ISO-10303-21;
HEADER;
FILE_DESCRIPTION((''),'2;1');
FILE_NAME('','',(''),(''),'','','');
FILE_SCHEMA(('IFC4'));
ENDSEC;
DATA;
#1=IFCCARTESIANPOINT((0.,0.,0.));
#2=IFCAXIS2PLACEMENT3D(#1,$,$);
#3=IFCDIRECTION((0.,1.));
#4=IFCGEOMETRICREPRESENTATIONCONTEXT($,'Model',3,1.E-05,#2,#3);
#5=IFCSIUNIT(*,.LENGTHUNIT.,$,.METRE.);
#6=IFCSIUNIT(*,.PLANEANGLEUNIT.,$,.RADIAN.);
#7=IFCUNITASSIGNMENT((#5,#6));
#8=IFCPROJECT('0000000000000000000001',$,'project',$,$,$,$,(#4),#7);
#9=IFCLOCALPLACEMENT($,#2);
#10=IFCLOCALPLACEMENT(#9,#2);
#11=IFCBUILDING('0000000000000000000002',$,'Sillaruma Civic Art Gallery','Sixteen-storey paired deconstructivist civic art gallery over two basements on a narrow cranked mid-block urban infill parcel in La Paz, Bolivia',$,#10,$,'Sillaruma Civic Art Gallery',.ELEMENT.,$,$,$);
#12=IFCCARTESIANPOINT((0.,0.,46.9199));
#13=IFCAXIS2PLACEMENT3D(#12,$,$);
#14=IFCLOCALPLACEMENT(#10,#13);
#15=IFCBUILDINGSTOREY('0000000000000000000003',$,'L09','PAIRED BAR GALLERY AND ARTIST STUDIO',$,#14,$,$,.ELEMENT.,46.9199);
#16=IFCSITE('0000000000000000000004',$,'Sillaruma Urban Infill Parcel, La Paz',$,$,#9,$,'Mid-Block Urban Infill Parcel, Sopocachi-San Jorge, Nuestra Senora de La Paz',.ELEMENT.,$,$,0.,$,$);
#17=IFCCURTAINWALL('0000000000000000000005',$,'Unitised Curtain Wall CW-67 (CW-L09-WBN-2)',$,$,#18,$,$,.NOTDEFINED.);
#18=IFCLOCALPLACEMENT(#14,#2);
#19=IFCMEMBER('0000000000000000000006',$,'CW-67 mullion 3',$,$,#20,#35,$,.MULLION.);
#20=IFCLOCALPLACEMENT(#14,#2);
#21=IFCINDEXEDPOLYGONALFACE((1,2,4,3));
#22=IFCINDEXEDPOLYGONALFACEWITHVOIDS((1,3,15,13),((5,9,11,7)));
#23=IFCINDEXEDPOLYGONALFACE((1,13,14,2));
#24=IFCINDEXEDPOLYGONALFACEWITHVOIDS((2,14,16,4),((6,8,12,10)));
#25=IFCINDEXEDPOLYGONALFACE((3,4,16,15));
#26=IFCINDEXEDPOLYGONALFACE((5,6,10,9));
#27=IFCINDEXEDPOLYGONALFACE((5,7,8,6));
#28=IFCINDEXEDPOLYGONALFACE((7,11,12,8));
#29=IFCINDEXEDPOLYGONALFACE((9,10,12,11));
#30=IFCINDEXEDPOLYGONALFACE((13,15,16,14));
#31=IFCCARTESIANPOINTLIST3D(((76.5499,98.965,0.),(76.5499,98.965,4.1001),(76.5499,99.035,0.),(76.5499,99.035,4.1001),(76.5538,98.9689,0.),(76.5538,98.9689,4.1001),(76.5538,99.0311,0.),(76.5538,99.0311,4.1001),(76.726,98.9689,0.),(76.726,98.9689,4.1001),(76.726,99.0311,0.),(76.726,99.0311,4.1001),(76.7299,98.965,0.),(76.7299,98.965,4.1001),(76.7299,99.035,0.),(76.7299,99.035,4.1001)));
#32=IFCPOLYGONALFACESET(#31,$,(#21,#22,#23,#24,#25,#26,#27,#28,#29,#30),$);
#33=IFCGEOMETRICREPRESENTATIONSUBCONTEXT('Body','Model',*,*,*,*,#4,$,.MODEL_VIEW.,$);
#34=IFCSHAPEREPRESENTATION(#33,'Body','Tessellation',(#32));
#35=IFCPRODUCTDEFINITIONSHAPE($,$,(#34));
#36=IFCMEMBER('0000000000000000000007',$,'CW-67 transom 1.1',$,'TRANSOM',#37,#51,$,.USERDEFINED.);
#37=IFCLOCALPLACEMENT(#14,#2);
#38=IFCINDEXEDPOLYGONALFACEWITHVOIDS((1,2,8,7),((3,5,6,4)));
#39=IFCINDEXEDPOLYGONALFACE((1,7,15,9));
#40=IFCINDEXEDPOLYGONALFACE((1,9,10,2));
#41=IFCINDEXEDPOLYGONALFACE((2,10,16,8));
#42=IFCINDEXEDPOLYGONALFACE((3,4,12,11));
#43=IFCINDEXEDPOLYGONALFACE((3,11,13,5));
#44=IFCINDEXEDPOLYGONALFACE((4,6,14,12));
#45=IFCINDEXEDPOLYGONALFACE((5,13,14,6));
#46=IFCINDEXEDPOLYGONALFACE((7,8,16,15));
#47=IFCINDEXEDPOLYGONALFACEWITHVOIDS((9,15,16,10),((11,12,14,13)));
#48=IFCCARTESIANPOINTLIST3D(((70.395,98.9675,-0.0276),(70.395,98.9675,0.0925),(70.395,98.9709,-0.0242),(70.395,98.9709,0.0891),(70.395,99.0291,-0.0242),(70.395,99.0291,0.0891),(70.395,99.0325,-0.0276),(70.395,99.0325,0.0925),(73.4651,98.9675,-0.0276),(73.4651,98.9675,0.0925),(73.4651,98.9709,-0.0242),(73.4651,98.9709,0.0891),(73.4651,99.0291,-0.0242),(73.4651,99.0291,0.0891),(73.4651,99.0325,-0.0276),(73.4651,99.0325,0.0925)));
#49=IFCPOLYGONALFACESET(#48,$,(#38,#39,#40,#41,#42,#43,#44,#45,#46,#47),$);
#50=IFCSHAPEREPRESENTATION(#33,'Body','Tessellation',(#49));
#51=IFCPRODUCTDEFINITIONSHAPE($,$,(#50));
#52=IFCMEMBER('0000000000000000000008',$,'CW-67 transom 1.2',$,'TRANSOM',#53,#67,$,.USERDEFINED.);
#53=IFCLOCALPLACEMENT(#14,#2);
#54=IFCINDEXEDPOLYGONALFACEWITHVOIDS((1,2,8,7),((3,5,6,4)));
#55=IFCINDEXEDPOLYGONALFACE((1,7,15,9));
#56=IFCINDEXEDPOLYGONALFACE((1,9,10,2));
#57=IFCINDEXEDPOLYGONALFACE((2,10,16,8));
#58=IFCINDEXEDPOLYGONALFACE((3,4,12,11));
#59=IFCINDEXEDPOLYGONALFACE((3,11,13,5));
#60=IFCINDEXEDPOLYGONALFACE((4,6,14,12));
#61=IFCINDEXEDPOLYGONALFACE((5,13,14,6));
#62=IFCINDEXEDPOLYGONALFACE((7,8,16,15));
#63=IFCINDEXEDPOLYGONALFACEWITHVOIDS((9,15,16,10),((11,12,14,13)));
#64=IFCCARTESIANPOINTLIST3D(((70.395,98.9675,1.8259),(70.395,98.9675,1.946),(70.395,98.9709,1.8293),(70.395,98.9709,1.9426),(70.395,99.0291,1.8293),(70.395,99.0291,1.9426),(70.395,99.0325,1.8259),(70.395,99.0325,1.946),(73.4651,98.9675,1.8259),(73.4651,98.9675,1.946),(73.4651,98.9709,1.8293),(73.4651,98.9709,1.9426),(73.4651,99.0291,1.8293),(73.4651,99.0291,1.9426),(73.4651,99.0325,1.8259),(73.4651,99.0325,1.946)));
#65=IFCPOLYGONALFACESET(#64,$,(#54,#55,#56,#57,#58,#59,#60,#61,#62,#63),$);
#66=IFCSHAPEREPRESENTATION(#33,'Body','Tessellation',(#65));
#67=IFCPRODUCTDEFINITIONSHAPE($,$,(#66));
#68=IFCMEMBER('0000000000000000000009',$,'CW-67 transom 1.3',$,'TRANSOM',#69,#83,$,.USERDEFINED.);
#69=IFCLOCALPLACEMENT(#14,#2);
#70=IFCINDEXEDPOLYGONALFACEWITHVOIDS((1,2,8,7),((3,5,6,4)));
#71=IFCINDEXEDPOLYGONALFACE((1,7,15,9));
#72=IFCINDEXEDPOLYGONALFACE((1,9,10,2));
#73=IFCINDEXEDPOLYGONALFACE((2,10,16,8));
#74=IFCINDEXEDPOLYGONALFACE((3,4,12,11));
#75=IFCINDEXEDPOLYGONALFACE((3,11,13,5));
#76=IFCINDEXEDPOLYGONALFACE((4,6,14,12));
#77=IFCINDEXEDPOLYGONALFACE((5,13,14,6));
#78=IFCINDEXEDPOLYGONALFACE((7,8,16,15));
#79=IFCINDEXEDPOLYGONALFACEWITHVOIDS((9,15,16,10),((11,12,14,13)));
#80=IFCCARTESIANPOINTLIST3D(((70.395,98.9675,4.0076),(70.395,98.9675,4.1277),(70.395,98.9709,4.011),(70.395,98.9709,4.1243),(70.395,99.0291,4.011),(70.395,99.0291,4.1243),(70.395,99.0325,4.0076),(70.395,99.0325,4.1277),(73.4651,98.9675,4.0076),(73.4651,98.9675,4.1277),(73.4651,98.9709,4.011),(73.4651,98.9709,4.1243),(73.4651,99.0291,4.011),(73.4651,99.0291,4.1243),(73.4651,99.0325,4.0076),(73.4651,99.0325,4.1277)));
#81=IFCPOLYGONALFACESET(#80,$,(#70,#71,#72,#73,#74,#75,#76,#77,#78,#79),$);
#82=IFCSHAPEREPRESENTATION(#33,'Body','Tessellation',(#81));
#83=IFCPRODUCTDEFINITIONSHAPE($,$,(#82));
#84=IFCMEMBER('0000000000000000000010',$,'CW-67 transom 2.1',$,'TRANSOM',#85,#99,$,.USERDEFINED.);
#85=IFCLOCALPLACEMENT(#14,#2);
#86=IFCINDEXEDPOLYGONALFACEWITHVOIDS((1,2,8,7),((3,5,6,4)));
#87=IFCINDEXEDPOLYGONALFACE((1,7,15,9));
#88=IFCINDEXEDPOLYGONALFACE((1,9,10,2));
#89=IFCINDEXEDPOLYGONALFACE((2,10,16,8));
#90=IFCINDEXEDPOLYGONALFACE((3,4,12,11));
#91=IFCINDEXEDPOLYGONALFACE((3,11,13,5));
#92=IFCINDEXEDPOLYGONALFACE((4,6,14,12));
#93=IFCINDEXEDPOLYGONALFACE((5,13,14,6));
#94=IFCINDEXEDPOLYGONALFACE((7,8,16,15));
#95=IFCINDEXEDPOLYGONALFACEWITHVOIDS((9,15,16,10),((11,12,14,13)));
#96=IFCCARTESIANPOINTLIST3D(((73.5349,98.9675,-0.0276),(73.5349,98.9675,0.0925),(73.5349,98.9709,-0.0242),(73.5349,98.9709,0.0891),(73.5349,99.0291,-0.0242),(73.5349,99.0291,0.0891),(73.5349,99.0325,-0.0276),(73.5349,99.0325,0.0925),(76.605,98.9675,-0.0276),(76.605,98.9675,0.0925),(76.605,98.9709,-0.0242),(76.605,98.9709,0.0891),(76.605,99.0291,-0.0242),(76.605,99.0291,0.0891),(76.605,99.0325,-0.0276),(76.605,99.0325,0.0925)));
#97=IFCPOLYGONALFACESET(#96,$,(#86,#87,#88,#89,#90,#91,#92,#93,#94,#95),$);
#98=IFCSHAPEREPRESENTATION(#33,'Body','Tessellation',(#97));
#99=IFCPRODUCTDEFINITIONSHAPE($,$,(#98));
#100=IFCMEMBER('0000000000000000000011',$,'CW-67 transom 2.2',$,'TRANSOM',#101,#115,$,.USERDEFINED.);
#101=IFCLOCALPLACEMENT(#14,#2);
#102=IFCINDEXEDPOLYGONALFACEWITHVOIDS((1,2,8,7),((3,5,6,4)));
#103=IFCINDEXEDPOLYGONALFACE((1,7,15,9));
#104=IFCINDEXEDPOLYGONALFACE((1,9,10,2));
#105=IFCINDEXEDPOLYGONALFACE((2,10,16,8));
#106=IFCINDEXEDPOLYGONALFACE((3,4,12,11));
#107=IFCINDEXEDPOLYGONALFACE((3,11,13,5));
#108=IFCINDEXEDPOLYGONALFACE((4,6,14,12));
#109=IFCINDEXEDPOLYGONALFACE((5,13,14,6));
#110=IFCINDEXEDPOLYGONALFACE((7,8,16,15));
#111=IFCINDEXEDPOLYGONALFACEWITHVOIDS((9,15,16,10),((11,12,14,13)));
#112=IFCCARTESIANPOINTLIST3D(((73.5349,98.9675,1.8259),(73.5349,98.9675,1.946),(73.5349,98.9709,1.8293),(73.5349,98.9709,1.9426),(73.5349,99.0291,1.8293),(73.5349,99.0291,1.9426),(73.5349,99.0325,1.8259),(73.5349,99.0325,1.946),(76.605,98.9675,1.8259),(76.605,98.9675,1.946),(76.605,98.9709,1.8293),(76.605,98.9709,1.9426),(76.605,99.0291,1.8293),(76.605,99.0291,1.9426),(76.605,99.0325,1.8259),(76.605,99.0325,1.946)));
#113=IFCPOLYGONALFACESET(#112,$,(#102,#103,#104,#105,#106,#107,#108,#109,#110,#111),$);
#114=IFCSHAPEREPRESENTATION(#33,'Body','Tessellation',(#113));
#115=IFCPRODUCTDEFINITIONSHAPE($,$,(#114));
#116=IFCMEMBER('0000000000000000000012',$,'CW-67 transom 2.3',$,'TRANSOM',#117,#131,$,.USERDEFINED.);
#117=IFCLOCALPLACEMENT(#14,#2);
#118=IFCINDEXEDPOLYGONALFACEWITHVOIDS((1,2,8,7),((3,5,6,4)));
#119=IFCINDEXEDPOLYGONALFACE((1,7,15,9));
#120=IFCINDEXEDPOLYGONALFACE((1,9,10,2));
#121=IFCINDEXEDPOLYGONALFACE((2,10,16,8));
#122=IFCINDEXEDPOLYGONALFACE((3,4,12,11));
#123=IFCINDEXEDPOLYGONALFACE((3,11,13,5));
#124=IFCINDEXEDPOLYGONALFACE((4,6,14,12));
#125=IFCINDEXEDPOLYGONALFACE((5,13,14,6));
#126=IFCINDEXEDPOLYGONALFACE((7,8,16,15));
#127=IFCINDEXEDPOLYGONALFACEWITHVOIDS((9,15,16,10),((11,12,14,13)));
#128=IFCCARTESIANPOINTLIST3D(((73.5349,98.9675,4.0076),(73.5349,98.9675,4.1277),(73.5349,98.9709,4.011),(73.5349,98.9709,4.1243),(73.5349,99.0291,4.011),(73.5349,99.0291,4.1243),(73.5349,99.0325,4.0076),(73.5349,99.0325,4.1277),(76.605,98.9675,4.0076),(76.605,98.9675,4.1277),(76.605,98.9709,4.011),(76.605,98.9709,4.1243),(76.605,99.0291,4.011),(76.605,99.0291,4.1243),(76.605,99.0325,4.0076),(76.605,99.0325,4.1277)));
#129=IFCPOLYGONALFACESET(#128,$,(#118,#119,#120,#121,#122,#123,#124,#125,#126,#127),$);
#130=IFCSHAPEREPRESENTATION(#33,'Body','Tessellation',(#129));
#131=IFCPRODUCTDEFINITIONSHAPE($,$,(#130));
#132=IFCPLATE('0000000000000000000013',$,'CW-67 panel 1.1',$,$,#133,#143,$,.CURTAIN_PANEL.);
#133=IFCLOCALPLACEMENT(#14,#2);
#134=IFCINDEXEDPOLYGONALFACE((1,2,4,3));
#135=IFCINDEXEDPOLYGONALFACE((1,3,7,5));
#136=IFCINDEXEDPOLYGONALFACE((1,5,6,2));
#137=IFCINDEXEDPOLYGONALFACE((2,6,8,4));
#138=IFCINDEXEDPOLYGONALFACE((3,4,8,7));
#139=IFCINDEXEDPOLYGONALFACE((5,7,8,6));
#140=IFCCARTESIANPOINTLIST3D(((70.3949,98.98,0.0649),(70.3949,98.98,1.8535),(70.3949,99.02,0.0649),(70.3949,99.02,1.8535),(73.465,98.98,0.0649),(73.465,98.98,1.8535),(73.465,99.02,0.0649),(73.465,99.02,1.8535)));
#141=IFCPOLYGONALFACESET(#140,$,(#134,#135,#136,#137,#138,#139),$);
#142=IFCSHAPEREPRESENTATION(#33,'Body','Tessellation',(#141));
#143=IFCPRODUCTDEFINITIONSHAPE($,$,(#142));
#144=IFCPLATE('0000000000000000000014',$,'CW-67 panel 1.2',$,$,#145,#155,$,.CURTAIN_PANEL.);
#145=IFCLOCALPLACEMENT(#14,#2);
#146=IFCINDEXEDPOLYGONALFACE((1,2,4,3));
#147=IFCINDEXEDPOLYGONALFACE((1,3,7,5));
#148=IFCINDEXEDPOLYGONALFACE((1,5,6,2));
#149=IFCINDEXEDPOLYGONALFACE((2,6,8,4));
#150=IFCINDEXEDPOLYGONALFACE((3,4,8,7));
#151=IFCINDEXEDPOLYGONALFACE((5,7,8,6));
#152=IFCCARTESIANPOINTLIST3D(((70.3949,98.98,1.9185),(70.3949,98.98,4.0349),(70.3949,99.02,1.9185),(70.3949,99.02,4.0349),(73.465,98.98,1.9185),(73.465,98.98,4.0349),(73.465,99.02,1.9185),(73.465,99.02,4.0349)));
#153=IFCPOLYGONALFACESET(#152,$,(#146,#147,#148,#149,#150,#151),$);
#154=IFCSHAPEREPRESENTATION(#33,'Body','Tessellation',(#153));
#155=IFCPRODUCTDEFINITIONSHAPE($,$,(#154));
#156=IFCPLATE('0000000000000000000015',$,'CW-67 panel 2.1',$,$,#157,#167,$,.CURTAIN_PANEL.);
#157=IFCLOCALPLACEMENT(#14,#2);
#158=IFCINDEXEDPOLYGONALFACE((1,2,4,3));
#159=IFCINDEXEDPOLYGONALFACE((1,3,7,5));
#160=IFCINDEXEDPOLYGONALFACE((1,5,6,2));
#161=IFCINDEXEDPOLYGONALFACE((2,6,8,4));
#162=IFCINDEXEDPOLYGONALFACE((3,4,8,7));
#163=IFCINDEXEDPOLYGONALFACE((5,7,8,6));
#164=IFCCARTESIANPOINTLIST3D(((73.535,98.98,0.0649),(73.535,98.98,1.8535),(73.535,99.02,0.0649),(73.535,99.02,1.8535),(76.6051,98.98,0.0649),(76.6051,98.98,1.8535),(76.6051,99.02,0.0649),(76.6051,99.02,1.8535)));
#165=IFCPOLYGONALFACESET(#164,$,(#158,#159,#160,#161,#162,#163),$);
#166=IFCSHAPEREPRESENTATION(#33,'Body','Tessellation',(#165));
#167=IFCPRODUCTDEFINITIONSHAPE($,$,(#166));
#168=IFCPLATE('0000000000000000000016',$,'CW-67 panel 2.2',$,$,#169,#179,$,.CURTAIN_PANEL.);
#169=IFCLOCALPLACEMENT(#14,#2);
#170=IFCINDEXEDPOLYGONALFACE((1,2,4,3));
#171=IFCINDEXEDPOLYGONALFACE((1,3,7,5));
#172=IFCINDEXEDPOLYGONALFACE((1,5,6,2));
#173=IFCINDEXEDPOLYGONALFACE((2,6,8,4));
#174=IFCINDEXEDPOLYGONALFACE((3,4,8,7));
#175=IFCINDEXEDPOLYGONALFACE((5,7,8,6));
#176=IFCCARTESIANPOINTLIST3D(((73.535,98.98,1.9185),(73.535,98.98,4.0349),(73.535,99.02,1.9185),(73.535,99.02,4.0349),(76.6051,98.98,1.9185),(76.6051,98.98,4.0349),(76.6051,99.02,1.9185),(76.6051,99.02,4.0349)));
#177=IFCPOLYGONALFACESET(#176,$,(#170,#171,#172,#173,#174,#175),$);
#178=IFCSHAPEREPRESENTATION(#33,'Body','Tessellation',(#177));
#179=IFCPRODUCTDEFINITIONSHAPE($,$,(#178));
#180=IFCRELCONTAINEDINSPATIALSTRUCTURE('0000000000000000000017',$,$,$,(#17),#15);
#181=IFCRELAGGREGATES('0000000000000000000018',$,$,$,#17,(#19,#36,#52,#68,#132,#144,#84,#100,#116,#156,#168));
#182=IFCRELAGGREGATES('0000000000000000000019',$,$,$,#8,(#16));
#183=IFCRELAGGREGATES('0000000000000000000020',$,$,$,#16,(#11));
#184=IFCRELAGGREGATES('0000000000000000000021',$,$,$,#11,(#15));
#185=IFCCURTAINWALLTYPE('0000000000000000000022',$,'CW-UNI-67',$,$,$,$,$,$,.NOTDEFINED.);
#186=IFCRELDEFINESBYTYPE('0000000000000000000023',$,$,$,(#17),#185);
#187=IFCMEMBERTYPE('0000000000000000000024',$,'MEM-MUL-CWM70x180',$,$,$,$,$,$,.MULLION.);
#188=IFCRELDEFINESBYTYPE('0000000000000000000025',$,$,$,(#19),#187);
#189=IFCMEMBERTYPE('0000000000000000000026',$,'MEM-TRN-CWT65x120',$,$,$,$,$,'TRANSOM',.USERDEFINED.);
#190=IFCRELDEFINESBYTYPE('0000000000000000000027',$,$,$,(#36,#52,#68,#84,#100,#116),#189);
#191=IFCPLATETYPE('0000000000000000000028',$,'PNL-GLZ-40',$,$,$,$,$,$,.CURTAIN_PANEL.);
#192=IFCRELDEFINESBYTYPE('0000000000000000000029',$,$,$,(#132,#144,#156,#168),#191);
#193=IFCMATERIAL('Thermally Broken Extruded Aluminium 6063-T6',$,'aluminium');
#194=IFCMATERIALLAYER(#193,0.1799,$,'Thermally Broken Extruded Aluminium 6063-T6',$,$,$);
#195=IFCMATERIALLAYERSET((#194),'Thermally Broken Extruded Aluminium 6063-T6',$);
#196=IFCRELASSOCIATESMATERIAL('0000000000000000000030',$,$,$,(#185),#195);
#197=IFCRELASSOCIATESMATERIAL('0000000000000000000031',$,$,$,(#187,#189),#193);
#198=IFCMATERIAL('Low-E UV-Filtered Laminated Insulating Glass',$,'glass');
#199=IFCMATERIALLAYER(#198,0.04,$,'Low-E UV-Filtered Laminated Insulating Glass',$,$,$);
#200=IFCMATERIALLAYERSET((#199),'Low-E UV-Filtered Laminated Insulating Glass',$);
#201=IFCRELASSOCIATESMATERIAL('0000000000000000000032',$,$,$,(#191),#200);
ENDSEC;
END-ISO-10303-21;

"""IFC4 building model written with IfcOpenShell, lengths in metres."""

from ifc_helpers import new_model, si_unit, direction, frame, origin, origin_2d, place, context, subcontext, project, spatial, rectangle, hollow_rectangle, extrude, material, layer, layer_set, material_profile, profile_set, type_object, element, aggregate, save


model = new_model("IFC4")

# Units and contexts
model_context = context("Model", 3, precision=1e-05, world=origin(), true_north=direction((0.0, 1.0)))
body_context = subcontext(model_context, "Body", "Model", "MODEL_VIEW")
ifc_project = project(units=[si_unit("LENGTHUNIT", "METRE"), si_unit("PLANEANGLEUNIT", "RADIAN")], contexts=[model_context])

# Site, building, storey
site_placement = place(None, origin())
site = spatial("IfcSite", under=ifc_project, at=site_placement, Name="Sillaruma Urban Infill Parcel, La Paz", LongName="Mid-Block Urban Infill Parcel, Sopocachi-San Jorge, Nuestra Senora de La Paz", CompositionType="ELEMENT", RefElevation=0.0)
building_placement = place(site_placement, origin())
building = spatial("IfcBuilding", under=site, at=building_placement, Name="Sillaruma Civic Art Gallery", Description="Sixteen-storey paired deconstructivist civic art gallery over two basements on a narrow cranked mid-block urban infill parcel in La Paz, Bolivia", LongName="Sillaruma Civic Art Gallery", CompositionType="ELEMENT")
storey_placement = place(building_placement, frame((0.0, 0.0, 46.9199)))
storey = spatial("IfcBuildingStorey", under=building, at=storey_placement, Name="L09", Description="PAIRED BAR GALLERY AND ARTIST STUDIO", CompositionType="ELEMENT", Elevation=46.9199)

# Curtain wall, members, plates
ifc_material_1 = material(Name="Thermally Broken Extruded Aluminium 6063-T6", Category="aluminium")
ifc_layer_1 = layer(ifc_material_1, 0.1799, Name="Thermally Broken Extruded Aluminium 6063-T6")
ifc_layer_set_1 = layer_set([ifc_layer_1], Name="Thermally Broken Extruded Aluminium 6063-T6")
curtain_wall_type = type_object("IfcCurtainWallType", Name="CW-UNI-67", PredefinedType="NOTDEFINED", material=ifc_layer_set_1)
curtain_wall_placement = place(storey_placement, origin())
curtain_wall = element("IfcCurtainWall", 1, at=curtain_wall_placement, inside=storey, type_object=curtain_wall_type, Name="Unitised Curtain Wall CW-67 (CW-L09-WBN-2)", PredefinedType="NOTDEFINED")
ifc_material_profile_1 = material_profile(ifc_material_1, hollow_rectangle(XDim=0.0701, YDim=0.1799, WallThickness=0.0039, at=origin_2d()), Name="CWM70x180")
ifc_profile_set_1 = profile_set([ifc_material_profile_1], Name="Thermally Broken Extruded Aluminium 6063-T6")
member_type_1 = type_object("IfcMemberType", Name="MEM-MUL-CWM70x180", PredefinedType="MULLION", material=ifc_profile_set_1)
member_1_placement = place(storey_placement, frame((76.6399, 99.0, 0.0), z_axis=(0.0, 0.0, 1.0), x_axis=(0.0, 1.0, 0.0)))
member_1 = element("IfcMember", 2, at=member_1_placement, type_object=member_type_1, Name="CW-67 mullion 3", PredefinedType="MULLION", context=body_context, shape_type="SweptSolid", body=[
    extrude(hollow_rectangle(XDim=0.0701, YDim=0.1799, WallThickness=0.0039, at=origin_2d()), origin(), (0.0, 0.0, 1.0), 4.1001),
])
ifc_material_profile_2 = material_profile(ifc_material_1, hollow_rectangle(XDim=0.0649, YDim=0.1201, WallThickness=0.0034, at=origin_2d()), Name="CWT65x120")
ifc_profile_set_2 = profile_set([ifc_material_profile_2], Name="Thermally Broken Extruded Aluminium 6063-T6")
member_type_2 = type_object("IfcMemberType", Name="MEM-TRN-CWT65x120", ElementType="TRANSOM", PredefinedType="USERDEFINED", material=ifc_profile_set_2)
member_2_placement = place(storey_placement, frame((70.395, 99.0, 0.0325), z_axis=(1.0, 0.0, 0.0), x_axis=(0.0, 1.0, 0.0)))
member_2 = element("IfcMember", 3, at=member_2_placement, type_object=member_type_2, Name="CW-67 transom 1.1", ObjectType="TRANSOM", PredefinedType="USERDEFINED", context=body_context, shape_type="SweptSolid", body=[
    extrude(hollow_rectangle(XDim=0.0649, YDim=0.1201, WallThickness=0.0034, at=origin_2d()), origin(), (0.0, 0.0, 1.0), 3.0701),
])
member_3_placement = place(storey_placement, frame((70.395, 99.0, 1.886), z_axis=(1.0, 0.0, 0.0), x_axis=(0.0, 1.0, 0.0)))
member_3 = element("IfcMember", 4, at=member_3_placement, type_object=member_type_2, Name="CW-67 transom 1.2", ObjectType="TRANSOM", PredefinedType="USERDEFINED", context=body_context, shape_type="SweptSolid", body=[
    extrude(hollow_rectangle(XDim=0.0649, YDim=0.1201, WallThickness=0.0034, at=origin_2d()), origin(), (0.0, 0.0, 1.0), 3.0701),
])
member_4_placement = place(storey_placement, frame((70.395, 99.0, 4.0676), z_axis=(1.0, 0.0, 0.0), x_axis=(0.0, 1.0, 0.0)))
member_4 = element("IfcMember", 5, at=member_4_placement, type_object=member_type_2, Name="CW-67 transom 1.3", ObjectType="TRANSOM", PredefinedType="USERDEFINED", context=body_context, shape_type="SweptSolid", body=[
    extrude(hollow_rectangle(XDim=0.0649, YDim=0.1201, WallThickness=0.0034, at=origin_2d()), origin(), (0.0, 0.0, 1.0), 3.0701),
])
member_5_placement = place(storey_placement, frame((73.5349, 99.0, 0.0325), z_axis=(1.0, 0.0, 0.0), x_axis=(0.0, 1.0, 0.0)))
member_5 = element("IfcMember", 6, at=member_5_placement, type_object=member_type_2, Name="CW-67 transom 2.1", ObjectType="TRANSOM", PredefinedType="USERDEFINED", context=body_context, shape_type="SweptSolid", body=[
    extrude(hollow_rectangle(XDim=0.0649, YDim=0.1201, WallThickness=0.0034, at=origin_2d()), origin(), (0.0, 0.0, 1.0), 3.0701),
])
member_6_placement = place(storey_placement, frame((73.5349, 99.0, 1.886), z_axis=(1.0, 0.0, 0.0), x_axis=(0.0, 1.0, 0.0)))
member_6 = element("IfcMember", 7, at=member_6_placement, type_object=member_type_2, Name="CW-67 transom 2.2", ObjectType="TRANSOM", PredefinedType="USERDEFINED", context=body_context, shape_type="SweptSolid", body=[
    extrude(hollow_rectangle(XDim=0.0649, YDim=0.1201, WallThickness=0.0034, at=origin_2d()), origin(), (0.0, 0.0, 1.0), 3.0701),
])
member_7_placement = place(storey_placement, frame((73.5349, 99.0, 4.0676), z_axis=(1.0, 0.0, 0.0), x_axis=(0.0, 1.0, 0.0)))
member_7 = element("IfcMember", 8, at=member_7_placement, type_object=member_type_2, Name="CW-67 transom 2.3", ObjectType="TRANSOM", PredefinedType="USERDEFINED", context=body_context, shape_type="SweptSolid", body=[
    extrude(hollow_rectangle(XDim=0.0649, YDim=0.1201, WallThickness=0.0034, at=origin_2d()), origin(), (0.0, 0.0, 1.0), 3.0701),
])
ifc_material_2 = material(Name="Low-E UV-Filtered Laminated Insulating Glass", Category="glass")
ifc_layer_2 = layer(ifc_material_2, 0.04, Name="Low-E UV-Filtered Laminated Insulating Glass")
ifc_layer_set_2 = layer_set([ifc_layer_2], Name="Low-E UV-Filtered Laminated Insulating Glass")
plate_type = type_object("IfcPlateType", Name="PNL-GLZ-40", PredefinedType="CURTAIN_PANEL", material=ifc_layer_set_2)
plate_1_placement = place(storey_placement, frame((71.9299, 99.0, 0.0649), z_axis=(0.0, 0.0, 1.0), x_axis=(1.0, 0.0, 0.0)))
plate_1 = element("IfcPlate", 9, at=plate_1_placement, type_object=plate_type, Name="CW-67 panel 1.1", PredefinedType="CURTAIN_PANEL", context=body_context, shape_type="SweptSolid", body=[
    extrude(rectangle(XDim=3.0701, YDim=0.04, at=origin_2d()), origin(), (0.0, 0.0, 1.0), 1.7886),
])
plate_2_placement = place(storey_placement, frame((71.9299, 99.0, 1.9185), z_axis=(0.0, 0.0, 1.0), x_axis=(1.0, 0.0, 0.0)))
plate_2 = element("IfcPlate", 10, at=plate_2_placement, type_object=plate_type, Name="CW-67 panel 1.2", PredefinedType="CURTAIN_PANEL", context=body_context, shape_type="SweptSolid", body=[
    extrude(rectangle(XDim=3.0701, YDim=0.04, at=origin_2d()), origin(), (0.0, 0.0, 1.0), 2.1165),
])
plate_3_placement = place(storey_placement, frame((75.0701, 99.0, 0.0649), z_axis=(0.0, 0.0, 1.0), x_axis=(1.0, 0.0, 0.0)))
plate_3 = element("IfcPlate", 11, at=plate_3_placement, type_object=plate_type, Name="CW-67 panel 2.1", PredefinedType="CURTAIN_PANEL", context=body_context, shape_type="SweptSolid", body=[
    extrude(rectangle(XDim=3.0701, YDim=0.04, at=origin_2d()), origin(), (0.0, 0.0, 1.0), 1.7886),
])
plate_4_placement = place(storey_placement, frame((75.0701, 99.0, 1.9185), z_axis=(0.0, 0.0, 1.0), x_axis=(1.0, 0.0, 0.0)))
plate_4 = element("IfcPlate", 12, at=plate_4_placement, type_object=plate_type, Name="CW-67 panel 2.2", PredefinedType="CURTAIN_PANEL", context=body_context, shape_type="SweptSolid", body=[
    extrude(rectangle(XDim=3.0701, YDim=0.04, at=origin_2d()), origin(), (0.0, 0.0, 1.0), 2.1165),
])
aggregate(curtain_wall, [member_1, member_2, member_3, member_4, plate_1, plate_2, member_5, member_6, member_7, plate_3, plate_4])

save(model, "model.ifc")
